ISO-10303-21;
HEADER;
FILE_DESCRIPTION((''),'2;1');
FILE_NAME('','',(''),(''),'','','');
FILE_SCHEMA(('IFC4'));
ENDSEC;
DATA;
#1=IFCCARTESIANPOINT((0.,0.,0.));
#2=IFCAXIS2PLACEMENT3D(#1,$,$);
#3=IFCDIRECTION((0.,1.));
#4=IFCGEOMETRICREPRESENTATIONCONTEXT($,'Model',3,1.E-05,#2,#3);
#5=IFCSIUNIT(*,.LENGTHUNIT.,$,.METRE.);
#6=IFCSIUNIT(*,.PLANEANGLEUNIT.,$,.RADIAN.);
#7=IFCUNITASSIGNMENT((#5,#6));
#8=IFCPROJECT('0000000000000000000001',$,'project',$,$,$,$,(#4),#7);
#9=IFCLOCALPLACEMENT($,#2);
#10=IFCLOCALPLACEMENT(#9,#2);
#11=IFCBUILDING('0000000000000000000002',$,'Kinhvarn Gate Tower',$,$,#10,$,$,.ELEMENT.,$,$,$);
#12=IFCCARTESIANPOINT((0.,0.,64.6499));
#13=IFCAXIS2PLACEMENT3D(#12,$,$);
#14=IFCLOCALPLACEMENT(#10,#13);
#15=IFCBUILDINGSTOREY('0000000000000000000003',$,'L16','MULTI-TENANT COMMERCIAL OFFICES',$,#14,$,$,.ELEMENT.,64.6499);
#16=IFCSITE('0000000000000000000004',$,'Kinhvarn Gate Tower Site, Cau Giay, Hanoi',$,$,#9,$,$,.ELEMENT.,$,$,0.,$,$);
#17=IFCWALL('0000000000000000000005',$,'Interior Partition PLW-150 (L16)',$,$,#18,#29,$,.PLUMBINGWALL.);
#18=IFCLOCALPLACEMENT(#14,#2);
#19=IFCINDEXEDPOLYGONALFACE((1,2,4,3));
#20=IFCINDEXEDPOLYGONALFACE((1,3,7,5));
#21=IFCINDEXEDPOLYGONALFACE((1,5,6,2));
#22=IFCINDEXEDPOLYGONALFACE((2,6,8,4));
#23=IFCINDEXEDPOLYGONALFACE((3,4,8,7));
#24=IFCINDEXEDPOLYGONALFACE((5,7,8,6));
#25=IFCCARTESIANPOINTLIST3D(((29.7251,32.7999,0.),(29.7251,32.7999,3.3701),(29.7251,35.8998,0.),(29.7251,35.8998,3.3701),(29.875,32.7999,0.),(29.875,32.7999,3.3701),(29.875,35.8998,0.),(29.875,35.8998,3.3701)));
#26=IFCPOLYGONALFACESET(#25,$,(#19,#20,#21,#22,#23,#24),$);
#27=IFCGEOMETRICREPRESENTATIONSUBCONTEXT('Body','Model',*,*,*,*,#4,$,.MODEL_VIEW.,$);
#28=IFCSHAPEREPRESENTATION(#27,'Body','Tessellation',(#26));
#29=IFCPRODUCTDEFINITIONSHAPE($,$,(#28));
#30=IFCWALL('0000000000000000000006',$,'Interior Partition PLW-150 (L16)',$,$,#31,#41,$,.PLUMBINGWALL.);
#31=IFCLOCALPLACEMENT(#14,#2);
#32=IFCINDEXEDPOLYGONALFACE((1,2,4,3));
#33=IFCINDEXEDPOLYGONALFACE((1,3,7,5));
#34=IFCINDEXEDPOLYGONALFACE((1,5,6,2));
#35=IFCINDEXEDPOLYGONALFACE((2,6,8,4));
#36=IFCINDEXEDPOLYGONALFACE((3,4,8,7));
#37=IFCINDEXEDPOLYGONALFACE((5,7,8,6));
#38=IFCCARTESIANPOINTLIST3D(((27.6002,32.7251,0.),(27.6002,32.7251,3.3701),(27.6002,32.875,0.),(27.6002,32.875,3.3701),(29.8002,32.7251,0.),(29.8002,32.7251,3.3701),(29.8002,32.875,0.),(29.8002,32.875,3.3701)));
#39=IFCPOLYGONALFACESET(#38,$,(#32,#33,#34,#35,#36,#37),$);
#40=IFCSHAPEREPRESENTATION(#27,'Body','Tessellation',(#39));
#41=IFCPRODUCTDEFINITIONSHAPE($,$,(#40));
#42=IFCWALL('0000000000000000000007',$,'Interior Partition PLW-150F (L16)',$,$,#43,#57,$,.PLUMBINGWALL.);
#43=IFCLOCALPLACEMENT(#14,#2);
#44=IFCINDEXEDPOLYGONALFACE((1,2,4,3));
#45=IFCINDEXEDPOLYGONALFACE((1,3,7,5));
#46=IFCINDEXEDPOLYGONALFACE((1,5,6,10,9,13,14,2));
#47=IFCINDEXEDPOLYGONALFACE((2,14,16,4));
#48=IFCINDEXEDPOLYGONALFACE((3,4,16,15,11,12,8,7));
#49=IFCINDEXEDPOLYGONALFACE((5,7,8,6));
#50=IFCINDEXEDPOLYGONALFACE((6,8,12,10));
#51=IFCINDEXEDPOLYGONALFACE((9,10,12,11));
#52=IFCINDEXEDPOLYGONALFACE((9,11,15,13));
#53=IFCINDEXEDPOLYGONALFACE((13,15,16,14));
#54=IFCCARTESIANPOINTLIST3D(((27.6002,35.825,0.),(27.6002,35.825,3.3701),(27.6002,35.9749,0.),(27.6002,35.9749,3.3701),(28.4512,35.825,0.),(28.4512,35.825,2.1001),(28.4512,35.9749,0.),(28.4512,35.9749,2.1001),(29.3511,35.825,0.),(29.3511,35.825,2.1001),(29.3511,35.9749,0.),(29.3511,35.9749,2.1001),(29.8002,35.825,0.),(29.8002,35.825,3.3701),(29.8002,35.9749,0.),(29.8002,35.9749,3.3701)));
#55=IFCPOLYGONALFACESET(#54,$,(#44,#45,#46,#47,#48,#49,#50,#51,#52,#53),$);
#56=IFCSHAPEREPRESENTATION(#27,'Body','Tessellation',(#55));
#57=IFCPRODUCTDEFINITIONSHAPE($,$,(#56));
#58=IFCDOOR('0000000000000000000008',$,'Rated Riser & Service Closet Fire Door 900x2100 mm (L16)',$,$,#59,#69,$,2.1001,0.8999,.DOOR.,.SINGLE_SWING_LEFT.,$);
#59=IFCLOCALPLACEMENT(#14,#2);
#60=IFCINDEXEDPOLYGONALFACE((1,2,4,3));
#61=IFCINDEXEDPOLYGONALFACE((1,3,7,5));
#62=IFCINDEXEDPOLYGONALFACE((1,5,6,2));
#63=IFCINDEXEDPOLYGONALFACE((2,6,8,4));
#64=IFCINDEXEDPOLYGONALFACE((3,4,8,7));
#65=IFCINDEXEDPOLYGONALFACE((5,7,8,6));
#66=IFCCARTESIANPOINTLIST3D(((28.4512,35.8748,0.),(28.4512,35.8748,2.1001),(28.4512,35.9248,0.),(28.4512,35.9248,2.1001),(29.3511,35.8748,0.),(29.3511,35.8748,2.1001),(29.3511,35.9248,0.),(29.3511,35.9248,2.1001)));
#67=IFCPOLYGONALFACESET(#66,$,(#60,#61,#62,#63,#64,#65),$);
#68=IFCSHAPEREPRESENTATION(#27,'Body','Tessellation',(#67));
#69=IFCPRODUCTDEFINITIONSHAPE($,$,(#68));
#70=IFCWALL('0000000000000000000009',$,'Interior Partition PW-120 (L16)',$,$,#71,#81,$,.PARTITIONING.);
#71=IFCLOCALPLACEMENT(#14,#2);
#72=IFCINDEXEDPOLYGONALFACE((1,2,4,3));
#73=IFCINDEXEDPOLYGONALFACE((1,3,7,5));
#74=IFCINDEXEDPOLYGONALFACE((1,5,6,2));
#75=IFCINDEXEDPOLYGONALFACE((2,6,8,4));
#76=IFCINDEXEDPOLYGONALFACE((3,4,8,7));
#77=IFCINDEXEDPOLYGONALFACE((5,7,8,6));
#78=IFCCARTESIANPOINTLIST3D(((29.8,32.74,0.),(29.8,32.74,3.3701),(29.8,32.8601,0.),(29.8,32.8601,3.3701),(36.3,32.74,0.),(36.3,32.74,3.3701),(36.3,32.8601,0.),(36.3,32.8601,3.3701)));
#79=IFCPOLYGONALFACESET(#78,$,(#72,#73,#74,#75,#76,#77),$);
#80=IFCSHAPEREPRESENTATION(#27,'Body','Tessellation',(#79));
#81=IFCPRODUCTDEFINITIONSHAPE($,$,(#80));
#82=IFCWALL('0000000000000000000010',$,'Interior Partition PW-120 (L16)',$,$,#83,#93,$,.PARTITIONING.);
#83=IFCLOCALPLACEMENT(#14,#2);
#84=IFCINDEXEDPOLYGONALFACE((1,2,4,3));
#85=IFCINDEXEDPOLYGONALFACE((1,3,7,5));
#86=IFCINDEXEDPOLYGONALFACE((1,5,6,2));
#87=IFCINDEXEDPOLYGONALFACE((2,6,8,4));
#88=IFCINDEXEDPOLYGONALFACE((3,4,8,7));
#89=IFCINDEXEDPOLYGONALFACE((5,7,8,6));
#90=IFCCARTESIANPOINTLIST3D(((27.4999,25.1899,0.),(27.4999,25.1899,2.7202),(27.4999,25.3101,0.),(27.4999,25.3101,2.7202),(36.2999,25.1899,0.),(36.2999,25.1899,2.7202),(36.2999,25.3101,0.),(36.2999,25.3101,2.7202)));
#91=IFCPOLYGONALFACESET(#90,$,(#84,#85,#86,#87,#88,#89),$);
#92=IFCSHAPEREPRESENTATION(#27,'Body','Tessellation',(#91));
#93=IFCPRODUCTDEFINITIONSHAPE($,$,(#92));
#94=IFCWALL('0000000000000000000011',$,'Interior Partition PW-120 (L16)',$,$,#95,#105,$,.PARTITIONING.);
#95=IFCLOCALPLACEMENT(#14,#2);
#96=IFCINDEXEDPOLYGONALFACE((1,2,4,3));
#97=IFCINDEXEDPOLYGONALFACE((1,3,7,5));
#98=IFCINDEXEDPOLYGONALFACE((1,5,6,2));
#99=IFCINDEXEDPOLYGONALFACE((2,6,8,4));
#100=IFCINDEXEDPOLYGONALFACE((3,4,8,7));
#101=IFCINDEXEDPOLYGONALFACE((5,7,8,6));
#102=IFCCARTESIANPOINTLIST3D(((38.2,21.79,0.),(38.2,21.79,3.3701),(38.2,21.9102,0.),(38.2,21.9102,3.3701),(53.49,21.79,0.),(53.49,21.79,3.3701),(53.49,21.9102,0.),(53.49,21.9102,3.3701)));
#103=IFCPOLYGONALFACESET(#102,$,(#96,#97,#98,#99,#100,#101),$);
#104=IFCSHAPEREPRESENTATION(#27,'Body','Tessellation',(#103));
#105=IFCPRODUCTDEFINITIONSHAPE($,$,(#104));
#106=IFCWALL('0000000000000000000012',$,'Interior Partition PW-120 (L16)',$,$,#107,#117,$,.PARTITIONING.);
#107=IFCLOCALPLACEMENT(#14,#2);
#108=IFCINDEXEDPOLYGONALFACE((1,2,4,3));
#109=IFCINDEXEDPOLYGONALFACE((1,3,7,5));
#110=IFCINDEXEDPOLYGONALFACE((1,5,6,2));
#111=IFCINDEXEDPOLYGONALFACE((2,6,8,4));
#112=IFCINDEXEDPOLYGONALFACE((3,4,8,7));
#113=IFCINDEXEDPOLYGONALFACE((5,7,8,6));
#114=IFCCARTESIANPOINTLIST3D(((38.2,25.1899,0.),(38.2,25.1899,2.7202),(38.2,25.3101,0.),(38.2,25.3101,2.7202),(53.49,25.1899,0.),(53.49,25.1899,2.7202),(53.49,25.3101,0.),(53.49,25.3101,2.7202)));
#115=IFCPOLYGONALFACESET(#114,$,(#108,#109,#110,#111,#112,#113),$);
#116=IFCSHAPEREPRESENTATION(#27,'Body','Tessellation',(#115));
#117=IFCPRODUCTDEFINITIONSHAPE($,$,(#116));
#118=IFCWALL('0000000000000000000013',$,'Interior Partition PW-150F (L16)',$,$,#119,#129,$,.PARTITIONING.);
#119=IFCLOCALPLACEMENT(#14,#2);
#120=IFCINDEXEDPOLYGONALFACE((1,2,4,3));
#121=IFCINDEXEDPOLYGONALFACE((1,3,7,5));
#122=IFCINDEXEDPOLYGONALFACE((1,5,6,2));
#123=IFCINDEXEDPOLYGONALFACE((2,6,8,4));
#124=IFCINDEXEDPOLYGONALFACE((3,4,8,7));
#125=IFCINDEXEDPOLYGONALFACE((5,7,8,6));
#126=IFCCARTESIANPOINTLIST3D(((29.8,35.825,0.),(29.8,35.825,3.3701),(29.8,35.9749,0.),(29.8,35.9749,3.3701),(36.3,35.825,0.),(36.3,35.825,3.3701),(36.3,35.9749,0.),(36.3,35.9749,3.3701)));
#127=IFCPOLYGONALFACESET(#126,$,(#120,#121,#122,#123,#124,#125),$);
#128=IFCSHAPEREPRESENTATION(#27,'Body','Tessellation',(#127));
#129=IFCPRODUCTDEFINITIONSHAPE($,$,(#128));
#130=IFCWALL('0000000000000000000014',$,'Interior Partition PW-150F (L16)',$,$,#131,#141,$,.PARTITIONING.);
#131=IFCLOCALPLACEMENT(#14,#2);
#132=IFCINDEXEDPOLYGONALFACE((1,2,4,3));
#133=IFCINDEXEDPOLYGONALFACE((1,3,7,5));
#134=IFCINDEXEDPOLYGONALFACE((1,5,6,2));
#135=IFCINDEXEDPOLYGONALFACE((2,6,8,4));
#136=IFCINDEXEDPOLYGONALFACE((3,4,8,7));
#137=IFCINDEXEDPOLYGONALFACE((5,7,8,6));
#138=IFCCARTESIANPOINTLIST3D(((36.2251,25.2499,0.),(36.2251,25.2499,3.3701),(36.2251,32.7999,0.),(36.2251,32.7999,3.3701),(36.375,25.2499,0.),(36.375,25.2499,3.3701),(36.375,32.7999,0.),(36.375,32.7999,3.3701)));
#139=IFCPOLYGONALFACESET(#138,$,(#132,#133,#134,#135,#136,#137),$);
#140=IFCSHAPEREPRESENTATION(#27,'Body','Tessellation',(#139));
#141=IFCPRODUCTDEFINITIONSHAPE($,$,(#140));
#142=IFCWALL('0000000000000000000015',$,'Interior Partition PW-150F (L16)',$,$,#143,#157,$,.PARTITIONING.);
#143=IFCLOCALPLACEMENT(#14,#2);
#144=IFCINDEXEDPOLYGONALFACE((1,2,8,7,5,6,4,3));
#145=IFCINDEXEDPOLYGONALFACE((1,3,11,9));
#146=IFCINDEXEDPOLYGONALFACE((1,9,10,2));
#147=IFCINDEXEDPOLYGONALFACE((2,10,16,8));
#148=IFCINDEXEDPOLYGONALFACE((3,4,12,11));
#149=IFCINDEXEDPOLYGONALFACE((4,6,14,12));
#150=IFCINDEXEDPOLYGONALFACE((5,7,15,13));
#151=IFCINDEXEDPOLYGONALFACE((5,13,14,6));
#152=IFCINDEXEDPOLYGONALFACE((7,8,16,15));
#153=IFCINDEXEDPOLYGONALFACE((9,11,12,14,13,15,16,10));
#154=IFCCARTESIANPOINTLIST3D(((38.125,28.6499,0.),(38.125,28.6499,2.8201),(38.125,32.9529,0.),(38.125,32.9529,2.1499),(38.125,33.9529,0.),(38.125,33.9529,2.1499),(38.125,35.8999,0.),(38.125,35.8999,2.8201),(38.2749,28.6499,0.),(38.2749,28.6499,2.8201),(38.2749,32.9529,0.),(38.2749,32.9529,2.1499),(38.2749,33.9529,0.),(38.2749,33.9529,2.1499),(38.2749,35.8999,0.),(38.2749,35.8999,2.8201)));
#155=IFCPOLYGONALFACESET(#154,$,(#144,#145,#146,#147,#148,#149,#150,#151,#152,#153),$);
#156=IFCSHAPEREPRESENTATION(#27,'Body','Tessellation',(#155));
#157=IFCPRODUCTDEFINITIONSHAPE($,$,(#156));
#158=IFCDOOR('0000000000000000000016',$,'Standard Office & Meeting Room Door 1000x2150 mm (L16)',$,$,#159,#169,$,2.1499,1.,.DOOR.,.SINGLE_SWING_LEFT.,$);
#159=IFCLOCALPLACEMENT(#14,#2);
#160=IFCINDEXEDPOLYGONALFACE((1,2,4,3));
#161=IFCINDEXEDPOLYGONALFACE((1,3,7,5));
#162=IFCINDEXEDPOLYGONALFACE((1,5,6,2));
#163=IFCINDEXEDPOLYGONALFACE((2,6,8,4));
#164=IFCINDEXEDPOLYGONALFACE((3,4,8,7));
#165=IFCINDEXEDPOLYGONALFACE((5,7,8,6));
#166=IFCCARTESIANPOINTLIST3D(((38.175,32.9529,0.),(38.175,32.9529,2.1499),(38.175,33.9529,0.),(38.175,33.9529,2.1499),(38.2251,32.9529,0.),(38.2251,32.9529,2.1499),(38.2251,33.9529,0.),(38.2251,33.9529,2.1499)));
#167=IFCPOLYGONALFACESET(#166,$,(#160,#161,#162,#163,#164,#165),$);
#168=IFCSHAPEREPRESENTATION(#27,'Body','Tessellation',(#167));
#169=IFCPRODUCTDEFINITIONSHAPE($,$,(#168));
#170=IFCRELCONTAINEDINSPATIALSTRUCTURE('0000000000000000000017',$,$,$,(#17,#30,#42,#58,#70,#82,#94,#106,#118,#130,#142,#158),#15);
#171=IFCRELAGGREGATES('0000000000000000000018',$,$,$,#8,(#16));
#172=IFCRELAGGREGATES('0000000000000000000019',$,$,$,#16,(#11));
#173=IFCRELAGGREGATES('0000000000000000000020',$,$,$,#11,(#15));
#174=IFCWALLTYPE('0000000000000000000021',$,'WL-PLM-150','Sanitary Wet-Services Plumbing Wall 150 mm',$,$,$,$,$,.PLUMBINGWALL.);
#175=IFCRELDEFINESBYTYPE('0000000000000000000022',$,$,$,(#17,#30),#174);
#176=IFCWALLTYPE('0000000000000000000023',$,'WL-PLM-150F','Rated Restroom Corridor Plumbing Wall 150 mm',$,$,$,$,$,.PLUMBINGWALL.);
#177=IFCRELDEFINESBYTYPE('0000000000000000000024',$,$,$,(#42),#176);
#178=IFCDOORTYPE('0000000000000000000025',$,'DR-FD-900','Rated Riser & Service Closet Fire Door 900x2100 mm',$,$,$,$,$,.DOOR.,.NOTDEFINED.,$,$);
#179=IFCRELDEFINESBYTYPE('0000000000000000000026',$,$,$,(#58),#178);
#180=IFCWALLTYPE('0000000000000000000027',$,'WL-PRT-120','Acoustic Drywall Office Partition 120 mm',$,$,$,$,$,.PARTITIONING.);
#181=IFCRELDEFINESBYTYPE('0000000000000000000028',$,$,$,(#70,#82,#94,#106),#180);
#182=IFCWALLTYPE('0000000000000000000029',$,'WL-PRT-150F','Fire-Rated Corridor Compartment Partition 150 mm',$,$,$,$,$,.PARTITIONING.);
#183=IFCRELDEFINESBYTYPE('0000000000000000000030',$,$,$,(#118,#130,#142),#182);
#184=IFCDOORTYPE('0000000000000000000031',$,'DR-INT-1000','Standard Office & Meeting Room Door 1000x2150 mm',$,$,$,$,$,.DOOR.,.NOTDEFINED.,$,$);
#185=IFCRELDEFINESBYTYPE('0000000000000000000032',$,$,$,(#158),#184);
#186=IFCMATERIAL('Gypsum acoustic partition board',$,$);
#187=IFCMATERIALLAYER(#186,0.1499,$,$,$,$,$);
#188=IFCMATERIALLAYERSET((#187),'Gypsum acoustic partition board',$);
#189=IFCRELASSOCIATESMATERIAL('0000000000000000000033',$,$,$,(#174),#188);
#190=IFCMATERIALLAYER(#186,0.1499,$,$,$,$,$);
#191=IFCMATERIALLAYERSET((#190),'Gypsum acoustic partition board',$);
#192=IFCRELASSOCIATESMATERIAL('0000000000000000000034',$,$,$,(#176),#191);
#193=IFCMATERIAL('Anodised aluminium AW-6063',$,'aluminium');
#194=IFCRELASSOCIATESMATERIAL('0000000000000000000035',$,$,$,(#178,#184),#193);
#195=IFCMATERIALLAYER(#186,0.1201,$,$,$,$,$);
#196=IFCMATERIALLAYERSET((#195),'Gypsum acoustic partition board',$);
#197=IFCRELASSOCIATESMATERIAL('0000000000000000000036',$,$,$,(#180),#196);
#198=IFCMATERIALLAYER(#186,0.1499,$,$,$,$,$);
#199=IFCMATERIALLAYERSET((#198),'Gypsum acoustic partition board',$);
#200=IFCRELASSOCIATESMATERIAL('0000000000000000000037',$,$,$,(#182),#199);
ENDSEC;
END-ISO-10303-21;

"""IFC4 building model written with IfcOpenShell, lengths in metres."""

from ifc_helpers import new_model, si_unit, direction, frame, frame_2d, origin, place, context, subcontext, project, spatial, rectangle, extrude, material, layer, layer_set, type_object, element, fill, save


model = new_model("IFC4")

# Units and contexts
model_context = context("Model", 3, precision=1e-05, world=origin(), true_north=direction((0.0, 1.0)))
body_context = subcontext(model_context, "Body", "Model", "MODEL_VIEW")
ifc_project = project(units=[si_unit("LENGTHUNIT", "METRE"), si_unit("PLANEANGLEUNIT", "RADIAN")], contexts=[model_context])

# Site, building, storey
site_placement = place(None, origin())
site = spatial("IfcSite", under=ifc_project, at=site_placement, Name="Kinhvarn Gate Tower Site, Cau Giay, Hanoi", CompositionType="ELEMENT", RefElevation=0.0)
building_placement = place(site_placement, origin())
building = spatial("IfcBuilding", under=site, at=building_placement, Name="Kinhvarn Gate Tower", CompositionType="ELEMENT")
storey_placement = place(building_placement, frame((0.0, 0.0, 64.6499)))
storey = spatial("IfcBuildingStorey", under=building, at=storey_placement, Name="L16", Description="MULTI-TENANT COMMERCIAL OFFICES", CompositionType="ELEMENT", Elevation=64.6499)

# Walls
ifc_material_1 = material(Name="Gypsum acoustic partition board")
ifc_layer_1 = layer(ifc_material_1, 0.1499)
ifc_layer_set_1 = layer_set([ifc_layer_1], Name="Gypsum acoustic partition board")
wall_type_1 = type_object("IfcWallType", Name="WL-PLM-150", Description="Sanitary Wet-Services Plumbing Wall 150 mm", PredefinedType="PLUMBINGWALL", material=ifc_layer_set_1)
for number, where, z_axis, x_axis, name in (
    (1, (29.8, 32.8, 0.0), (0.0, 0.0, 1.0), (0.0, 1.0, 0.0), "Interior Partition PLW-150 (L16)"),
):
    element("IfcWall", number, at=place(storey_placement, frame(where, z_axis=z_axis, x_axis=x_axis)), inside=storey, type_object=wall_type_1, Name=name, PredefinedType="PLUMBINGWALL", context=body_context, shape_type="SweptSolid", body=[
        extrude(rectangle(XDim=3.0999, YDim=0.1499, at=frame_2d((1.5498, 0.0))), origin(), (0.0, 0.0, 1.0), 3.3701),
    ])
wall_1_placement = place(storey_placement, frame((27.6001, 32.8, 0.0), z_axis=(0.0, 0.0, 1.0), x_axis=(1.0, 0.0, 0.0)))
element("IfcWall", 2, at=wall_1_placement, inside=storey, type_object=wall_type_1, Name="Interior Partition PLW-150 (L16)", PredefinedType="PLUMBINGWALL", context=body_context, shape_type="SweptSolid", body=[
    extrude(rectangle(XDim=2.2, YDim=0.1499, at=frame_2d((1.1001, 0.0))), origin(), (0.0, 0.0, 1.0), 3.3701),
])

# Wall, opening, door
ifc_layer_2 = layer(ifc_material_1, 0.1499)
ifc_layer_set_2 = layer_set([ifc_layer_2], Name="Gypsum acoustic partition board")
wall_type_2 = type_object("IfcWallType", Name="WL-PLM-150F", Description="Rated Restroom Corridor Plumbing Wall 150 mm", PredefinedType="PLUMBINGWALL", material=ifc_layer_set_2)
wall_2_placement = place(storey_placement, frame((27.6001, 35.8999, 0.0), z_axis=(0.0, 0.0, 1.0), x_axis=(1.0, 0.0, 0.0)))
wall_2 = element("IfcWall", 3, at=wall_2_placement, inside=storey, type_object=wall_type_2, Name="Interior Partition PLW-150F (L16)", PredefinedType="PLUMBINGWALL", context=body_context, shape_type="SweptSolid", body=[
    extrude(rectangle(XDim=2.2, YDim=0.1499, at=frame_2d((1.1001, 0.0))), origin(), (0.0, 0.0, 1.0), 3.3701),
])
opening_1_placement = place(wall_2_placement, frame((0.8511, 0.0, 0.0)))
opening_1 = element("IfcOpeningElement", 4, at=opening_1_placement, cuts=wall_2, PredefinedType="OPENING", context=body_context, shape_type="SweptSolid", body=[
    extrude(rectangle(XDim=0.8999, YDim=2.1001, at=frame_2d((0.45, 1.05))), frame((0.0, 0.085, 0.0), z_axis=(0.0, -1.0, 0.0), x_axis=(1.0, 0.0, 0.0)), (0.0, 0.0, 1.0), 0.1699),
])
ifc_material_2 = material(Name="Anodised aluminium AW-6063", Category="aluminium")
door_type_1 = type_object("IfcDoorType", Name="DR-FD-900", Description="Rated Riser & Service Closet Fire Door 900x2100 mm", OperationType="NOTDEFINED", PredefinedType="DOOR", material=ifc_material_2)
door_1_placement = place(opening_1_placement, origin())
door_1 = element("IfcDoor", 5, at=door_1_placement, inside=storey, type_object=door_type_1, Name="Rated Riser & Service Closet Fire Door 900x2100 mm (L16)", OperationType="SINGLE_SWING_LEFT", OverallHeight=2.1001, OverallWidth=0.8999, PredefinedType="DOOR", context=body_context, shape_type="SweptSolid", body=[
    extrude(rectangle(XDim=0.8999, YDim=2.1001, at=frame_2d((0.45, 1.05))), frame((0.0, 0.0249, 0.0), z_axis=(0.0, -1.0, 0.0), x_axis=(1.0, 0.0, 0.0)), (0.0, 0.0, 1.0), 0.05),
])
fill(opening_1, door_1)

# Walls
ifc_layer_3 = layer(ifc_material_1, 0.1201)
ifc_layer_set_3 = layer_set([ifc_layer_3], Name="Gypsum acoustic partition board")
wall_type_3 = type_object("IfcWallType", Name="WL-PRT-120", Description="Acoustic Drywall Office Partition 120 mm", PredefinedType="PARTITIONING", material=ifc_layer_set_3)
wall_3_placement = place(storey_placement, frame((29.8, 32.8, 0.0), z_axis=(0.0, 0.0, 1.0), x_axis=(1.0, 0.0, 0.0)))
element("IfcWall", 6, at=wall_3_placement, inside=storey, type_object=wall_type_3, Name="Interior Partition PW-120 (L16)", PredefinedType="PARTITIONING", context=body_context, shape_type="SweptSolid", body=[
    extrude(rectangle(XDim=6.5, YDim=0.1201, at=frame_2d((3.25, 0.0))), origin(), (0.0, 0.0, 1.0), 3.3701),
])
wall_4_placement = place(storey_placement, frame((27.5, 25.25, 0.0), z_axis=(0.0, 0.0, 1.0), x_axis=(1.0, 0.0, 0.0)))
element("IfcWall", 7, at=wall_4_placement, inside=storey, type_object=wall_type_3, Name="Interior Partition PW-120 (L16)", PredefinedType="PARTITIONING", context=body_context, shape_type="SweptSolid", body=[
    extrude(rectangle(XDim=8.8, YDim=0.1201, at=frame_2d((4.3999, 0.0))), origin(), (0.0, 0.0, 1.0), 2.7202),
])
wall_5_placement = place(storey_placement, frame((38.2, 21.8501, 0.0), z_axis=(0.0, 0.0, 1.0), x_axis=(1.0, 0.0, 0.0)))
element("IfcWall", 8, at=wall_5_placement, inside=storey, type_object=wall_type_3, Name="Interior Partition PW-120 (L16)", PredefinedType="PARTITIONING", context=body_context, shape_type="SweptSolid", body=[
    extrude(rectangle(XDim=15.29, YDim=0.1201, at=frame_2d((7.645, 0.0))), origin(), (0.0, 0.0, 1.0), 3.3701),
])
wall_6_placement = place(storey_placement, frame((38.2, 25.25, 0.0), z_axis=(0.0, 0.0, 1.0), x_axis=(1.0, 0.0, 0.0)))
element("IfcWall", 9, at=wall_6_placement, inside=storey, type_object=wall_type_3, Name="Interior Partition PW-120 (L16)", PredefinedType="PARTITIONING", context=body_context, shape_type="SweptSolid", body=[
    extrude(rectangle(XDim=15.29, YDim=0.1201, at=frame_2d((7.645, 0.0))), origin(), (0.0, 0.0, 1.0), 2.7202),
])
ifc_layer_4 = layer(ifc_material_1, 0.1499)
ifc_layer_set_4 = layer_set([ifc_layer_4], Name="Gypsum acoustic partition board")
wall_type_4 = type_object("IfcWallType", Name="WL-PRT-150F", Description="Fire-Rated Corridor Compartment Partition 150 mm", PredefinedType="PARTITIONING", material=ifc_layer_set_4)
wall_7_placement = place(storey_placement, frame((29.8, 35.8999, 0.0), z_axis=(0.0, 0.0, 1.0), x_axis=(1.0, 0.0, 0.0)))
element("IfcWall", 10, at=wall_7_placement, inside=storey, type_object=wall_type_4, Name="Interior Partition PW-150F (L16)", PredefinedType="PARTITIONING", context=body_context, shape_type="SweptSolid", body=[
    extrude(rectangle(XDim=6.5, YDim=0.1499, at=frame_2d((3.25, 0.0))), origin(), (0.0, 0.0, 1.0), 3.3701),
])

# Shared definitions
door_type_2 = type_object("IfcDoorType", Name="DR-INT-1000", Description="Standard Office & Meeting Room Door 1000x2150 mm", OperationType="NOTDEFINED", PredefinedType="DOOR", material=ifc_material_2)

# Wall
wall_8_placement = place(storey_placement, frame((36.3, 25.25, 0.0), z_axis=(0.0, 0.0, 1.0), x_axis=(0.0, 1.0, 0.0)))
element("IfcWall", 11, at=wall_8_placement, inside=storey, type_object=wall_type_4, Name="Interior Partition PW-150F (L16)", PredefinedType="PARTITIONING", context=body_context, shape_type="SweptSolid", body=[
    extrude(rectangle(XDim=7.55, YDim=0.1499, at=frame_2d((3.7749, 0.0))), origin(), (0.0, 0.0, 1.0), 3.3701),
])

# Wall, opening, door
wall_9_placement = place(storey_placement, frame((38.2, 28.6499, 0.0), z_axis=(0.0, 0.0, 1.0), x_axis=(0.0, 1.0, 0.0)))
wall_9 = element("IfcWall", 12, at=wall_9_placement, inside=storey, type_object=wall_type_4, Name="Interior Partition PW-150F (L16)", PredefinedType="PARTITIONING", context=body_context, shape_type="SweptSolid", body=[
    extrude(rectangle(XDim=7.25, YDim=0.1499, at=frame_2d((3.625, 0.0))), origin(), (0.0, 0.0, 1.0), 2.8201),
])
opening_2_placement = place(wall_9_placement, frame((4.303, 0.0, 0.0)))
opening_2 = element("IfcOpeningElement", 13, at=opening_2_placement, cuts=wall_9, PredefinedType="OPENING", context=body_context, shape_type="SweptSolid", body=[
    extrude(rectangle(XDim=1.0, YDim=2.1499, at=frame_2d((0.5, 1.075))), frame((0.0, 0.085, 0.0), z_axis=(0.0, -1.0, 0.0), x_axis=(1.0, 0.0, 0.0)), (0.0, 0.0, 1.0), 0.1699),
])
door_2_placement = place(opening_2_placement, origin())
door_2 = element("IfcDoor", 14, at=door_2_placement, inside=storey, type_object=door_type_2, Name="Standard Office & Meeting Room Door 1000x2150 mm (L16)", OperationType="SINGLE_SWING_LEFT", OverallHeight=2.1499, OverallWidth=1.0, PredefinedType="DOOR", context=body_context, shape_type="SweptSolid", body=[
    extrude(rectangle(XDim=1.0, YDim=2.1499, at=frame_2d((0.5, 1.075))), frame((0.0, 0.0249, 0.0), z_axis=(0.0, -1.0, 0.0), x_axis=(1.0, 0.0, 0.0)), (0.0, 0.0, 1.0), 0.05),
])
fill(opening_2, door_2)

save(model, "model.ifc")
